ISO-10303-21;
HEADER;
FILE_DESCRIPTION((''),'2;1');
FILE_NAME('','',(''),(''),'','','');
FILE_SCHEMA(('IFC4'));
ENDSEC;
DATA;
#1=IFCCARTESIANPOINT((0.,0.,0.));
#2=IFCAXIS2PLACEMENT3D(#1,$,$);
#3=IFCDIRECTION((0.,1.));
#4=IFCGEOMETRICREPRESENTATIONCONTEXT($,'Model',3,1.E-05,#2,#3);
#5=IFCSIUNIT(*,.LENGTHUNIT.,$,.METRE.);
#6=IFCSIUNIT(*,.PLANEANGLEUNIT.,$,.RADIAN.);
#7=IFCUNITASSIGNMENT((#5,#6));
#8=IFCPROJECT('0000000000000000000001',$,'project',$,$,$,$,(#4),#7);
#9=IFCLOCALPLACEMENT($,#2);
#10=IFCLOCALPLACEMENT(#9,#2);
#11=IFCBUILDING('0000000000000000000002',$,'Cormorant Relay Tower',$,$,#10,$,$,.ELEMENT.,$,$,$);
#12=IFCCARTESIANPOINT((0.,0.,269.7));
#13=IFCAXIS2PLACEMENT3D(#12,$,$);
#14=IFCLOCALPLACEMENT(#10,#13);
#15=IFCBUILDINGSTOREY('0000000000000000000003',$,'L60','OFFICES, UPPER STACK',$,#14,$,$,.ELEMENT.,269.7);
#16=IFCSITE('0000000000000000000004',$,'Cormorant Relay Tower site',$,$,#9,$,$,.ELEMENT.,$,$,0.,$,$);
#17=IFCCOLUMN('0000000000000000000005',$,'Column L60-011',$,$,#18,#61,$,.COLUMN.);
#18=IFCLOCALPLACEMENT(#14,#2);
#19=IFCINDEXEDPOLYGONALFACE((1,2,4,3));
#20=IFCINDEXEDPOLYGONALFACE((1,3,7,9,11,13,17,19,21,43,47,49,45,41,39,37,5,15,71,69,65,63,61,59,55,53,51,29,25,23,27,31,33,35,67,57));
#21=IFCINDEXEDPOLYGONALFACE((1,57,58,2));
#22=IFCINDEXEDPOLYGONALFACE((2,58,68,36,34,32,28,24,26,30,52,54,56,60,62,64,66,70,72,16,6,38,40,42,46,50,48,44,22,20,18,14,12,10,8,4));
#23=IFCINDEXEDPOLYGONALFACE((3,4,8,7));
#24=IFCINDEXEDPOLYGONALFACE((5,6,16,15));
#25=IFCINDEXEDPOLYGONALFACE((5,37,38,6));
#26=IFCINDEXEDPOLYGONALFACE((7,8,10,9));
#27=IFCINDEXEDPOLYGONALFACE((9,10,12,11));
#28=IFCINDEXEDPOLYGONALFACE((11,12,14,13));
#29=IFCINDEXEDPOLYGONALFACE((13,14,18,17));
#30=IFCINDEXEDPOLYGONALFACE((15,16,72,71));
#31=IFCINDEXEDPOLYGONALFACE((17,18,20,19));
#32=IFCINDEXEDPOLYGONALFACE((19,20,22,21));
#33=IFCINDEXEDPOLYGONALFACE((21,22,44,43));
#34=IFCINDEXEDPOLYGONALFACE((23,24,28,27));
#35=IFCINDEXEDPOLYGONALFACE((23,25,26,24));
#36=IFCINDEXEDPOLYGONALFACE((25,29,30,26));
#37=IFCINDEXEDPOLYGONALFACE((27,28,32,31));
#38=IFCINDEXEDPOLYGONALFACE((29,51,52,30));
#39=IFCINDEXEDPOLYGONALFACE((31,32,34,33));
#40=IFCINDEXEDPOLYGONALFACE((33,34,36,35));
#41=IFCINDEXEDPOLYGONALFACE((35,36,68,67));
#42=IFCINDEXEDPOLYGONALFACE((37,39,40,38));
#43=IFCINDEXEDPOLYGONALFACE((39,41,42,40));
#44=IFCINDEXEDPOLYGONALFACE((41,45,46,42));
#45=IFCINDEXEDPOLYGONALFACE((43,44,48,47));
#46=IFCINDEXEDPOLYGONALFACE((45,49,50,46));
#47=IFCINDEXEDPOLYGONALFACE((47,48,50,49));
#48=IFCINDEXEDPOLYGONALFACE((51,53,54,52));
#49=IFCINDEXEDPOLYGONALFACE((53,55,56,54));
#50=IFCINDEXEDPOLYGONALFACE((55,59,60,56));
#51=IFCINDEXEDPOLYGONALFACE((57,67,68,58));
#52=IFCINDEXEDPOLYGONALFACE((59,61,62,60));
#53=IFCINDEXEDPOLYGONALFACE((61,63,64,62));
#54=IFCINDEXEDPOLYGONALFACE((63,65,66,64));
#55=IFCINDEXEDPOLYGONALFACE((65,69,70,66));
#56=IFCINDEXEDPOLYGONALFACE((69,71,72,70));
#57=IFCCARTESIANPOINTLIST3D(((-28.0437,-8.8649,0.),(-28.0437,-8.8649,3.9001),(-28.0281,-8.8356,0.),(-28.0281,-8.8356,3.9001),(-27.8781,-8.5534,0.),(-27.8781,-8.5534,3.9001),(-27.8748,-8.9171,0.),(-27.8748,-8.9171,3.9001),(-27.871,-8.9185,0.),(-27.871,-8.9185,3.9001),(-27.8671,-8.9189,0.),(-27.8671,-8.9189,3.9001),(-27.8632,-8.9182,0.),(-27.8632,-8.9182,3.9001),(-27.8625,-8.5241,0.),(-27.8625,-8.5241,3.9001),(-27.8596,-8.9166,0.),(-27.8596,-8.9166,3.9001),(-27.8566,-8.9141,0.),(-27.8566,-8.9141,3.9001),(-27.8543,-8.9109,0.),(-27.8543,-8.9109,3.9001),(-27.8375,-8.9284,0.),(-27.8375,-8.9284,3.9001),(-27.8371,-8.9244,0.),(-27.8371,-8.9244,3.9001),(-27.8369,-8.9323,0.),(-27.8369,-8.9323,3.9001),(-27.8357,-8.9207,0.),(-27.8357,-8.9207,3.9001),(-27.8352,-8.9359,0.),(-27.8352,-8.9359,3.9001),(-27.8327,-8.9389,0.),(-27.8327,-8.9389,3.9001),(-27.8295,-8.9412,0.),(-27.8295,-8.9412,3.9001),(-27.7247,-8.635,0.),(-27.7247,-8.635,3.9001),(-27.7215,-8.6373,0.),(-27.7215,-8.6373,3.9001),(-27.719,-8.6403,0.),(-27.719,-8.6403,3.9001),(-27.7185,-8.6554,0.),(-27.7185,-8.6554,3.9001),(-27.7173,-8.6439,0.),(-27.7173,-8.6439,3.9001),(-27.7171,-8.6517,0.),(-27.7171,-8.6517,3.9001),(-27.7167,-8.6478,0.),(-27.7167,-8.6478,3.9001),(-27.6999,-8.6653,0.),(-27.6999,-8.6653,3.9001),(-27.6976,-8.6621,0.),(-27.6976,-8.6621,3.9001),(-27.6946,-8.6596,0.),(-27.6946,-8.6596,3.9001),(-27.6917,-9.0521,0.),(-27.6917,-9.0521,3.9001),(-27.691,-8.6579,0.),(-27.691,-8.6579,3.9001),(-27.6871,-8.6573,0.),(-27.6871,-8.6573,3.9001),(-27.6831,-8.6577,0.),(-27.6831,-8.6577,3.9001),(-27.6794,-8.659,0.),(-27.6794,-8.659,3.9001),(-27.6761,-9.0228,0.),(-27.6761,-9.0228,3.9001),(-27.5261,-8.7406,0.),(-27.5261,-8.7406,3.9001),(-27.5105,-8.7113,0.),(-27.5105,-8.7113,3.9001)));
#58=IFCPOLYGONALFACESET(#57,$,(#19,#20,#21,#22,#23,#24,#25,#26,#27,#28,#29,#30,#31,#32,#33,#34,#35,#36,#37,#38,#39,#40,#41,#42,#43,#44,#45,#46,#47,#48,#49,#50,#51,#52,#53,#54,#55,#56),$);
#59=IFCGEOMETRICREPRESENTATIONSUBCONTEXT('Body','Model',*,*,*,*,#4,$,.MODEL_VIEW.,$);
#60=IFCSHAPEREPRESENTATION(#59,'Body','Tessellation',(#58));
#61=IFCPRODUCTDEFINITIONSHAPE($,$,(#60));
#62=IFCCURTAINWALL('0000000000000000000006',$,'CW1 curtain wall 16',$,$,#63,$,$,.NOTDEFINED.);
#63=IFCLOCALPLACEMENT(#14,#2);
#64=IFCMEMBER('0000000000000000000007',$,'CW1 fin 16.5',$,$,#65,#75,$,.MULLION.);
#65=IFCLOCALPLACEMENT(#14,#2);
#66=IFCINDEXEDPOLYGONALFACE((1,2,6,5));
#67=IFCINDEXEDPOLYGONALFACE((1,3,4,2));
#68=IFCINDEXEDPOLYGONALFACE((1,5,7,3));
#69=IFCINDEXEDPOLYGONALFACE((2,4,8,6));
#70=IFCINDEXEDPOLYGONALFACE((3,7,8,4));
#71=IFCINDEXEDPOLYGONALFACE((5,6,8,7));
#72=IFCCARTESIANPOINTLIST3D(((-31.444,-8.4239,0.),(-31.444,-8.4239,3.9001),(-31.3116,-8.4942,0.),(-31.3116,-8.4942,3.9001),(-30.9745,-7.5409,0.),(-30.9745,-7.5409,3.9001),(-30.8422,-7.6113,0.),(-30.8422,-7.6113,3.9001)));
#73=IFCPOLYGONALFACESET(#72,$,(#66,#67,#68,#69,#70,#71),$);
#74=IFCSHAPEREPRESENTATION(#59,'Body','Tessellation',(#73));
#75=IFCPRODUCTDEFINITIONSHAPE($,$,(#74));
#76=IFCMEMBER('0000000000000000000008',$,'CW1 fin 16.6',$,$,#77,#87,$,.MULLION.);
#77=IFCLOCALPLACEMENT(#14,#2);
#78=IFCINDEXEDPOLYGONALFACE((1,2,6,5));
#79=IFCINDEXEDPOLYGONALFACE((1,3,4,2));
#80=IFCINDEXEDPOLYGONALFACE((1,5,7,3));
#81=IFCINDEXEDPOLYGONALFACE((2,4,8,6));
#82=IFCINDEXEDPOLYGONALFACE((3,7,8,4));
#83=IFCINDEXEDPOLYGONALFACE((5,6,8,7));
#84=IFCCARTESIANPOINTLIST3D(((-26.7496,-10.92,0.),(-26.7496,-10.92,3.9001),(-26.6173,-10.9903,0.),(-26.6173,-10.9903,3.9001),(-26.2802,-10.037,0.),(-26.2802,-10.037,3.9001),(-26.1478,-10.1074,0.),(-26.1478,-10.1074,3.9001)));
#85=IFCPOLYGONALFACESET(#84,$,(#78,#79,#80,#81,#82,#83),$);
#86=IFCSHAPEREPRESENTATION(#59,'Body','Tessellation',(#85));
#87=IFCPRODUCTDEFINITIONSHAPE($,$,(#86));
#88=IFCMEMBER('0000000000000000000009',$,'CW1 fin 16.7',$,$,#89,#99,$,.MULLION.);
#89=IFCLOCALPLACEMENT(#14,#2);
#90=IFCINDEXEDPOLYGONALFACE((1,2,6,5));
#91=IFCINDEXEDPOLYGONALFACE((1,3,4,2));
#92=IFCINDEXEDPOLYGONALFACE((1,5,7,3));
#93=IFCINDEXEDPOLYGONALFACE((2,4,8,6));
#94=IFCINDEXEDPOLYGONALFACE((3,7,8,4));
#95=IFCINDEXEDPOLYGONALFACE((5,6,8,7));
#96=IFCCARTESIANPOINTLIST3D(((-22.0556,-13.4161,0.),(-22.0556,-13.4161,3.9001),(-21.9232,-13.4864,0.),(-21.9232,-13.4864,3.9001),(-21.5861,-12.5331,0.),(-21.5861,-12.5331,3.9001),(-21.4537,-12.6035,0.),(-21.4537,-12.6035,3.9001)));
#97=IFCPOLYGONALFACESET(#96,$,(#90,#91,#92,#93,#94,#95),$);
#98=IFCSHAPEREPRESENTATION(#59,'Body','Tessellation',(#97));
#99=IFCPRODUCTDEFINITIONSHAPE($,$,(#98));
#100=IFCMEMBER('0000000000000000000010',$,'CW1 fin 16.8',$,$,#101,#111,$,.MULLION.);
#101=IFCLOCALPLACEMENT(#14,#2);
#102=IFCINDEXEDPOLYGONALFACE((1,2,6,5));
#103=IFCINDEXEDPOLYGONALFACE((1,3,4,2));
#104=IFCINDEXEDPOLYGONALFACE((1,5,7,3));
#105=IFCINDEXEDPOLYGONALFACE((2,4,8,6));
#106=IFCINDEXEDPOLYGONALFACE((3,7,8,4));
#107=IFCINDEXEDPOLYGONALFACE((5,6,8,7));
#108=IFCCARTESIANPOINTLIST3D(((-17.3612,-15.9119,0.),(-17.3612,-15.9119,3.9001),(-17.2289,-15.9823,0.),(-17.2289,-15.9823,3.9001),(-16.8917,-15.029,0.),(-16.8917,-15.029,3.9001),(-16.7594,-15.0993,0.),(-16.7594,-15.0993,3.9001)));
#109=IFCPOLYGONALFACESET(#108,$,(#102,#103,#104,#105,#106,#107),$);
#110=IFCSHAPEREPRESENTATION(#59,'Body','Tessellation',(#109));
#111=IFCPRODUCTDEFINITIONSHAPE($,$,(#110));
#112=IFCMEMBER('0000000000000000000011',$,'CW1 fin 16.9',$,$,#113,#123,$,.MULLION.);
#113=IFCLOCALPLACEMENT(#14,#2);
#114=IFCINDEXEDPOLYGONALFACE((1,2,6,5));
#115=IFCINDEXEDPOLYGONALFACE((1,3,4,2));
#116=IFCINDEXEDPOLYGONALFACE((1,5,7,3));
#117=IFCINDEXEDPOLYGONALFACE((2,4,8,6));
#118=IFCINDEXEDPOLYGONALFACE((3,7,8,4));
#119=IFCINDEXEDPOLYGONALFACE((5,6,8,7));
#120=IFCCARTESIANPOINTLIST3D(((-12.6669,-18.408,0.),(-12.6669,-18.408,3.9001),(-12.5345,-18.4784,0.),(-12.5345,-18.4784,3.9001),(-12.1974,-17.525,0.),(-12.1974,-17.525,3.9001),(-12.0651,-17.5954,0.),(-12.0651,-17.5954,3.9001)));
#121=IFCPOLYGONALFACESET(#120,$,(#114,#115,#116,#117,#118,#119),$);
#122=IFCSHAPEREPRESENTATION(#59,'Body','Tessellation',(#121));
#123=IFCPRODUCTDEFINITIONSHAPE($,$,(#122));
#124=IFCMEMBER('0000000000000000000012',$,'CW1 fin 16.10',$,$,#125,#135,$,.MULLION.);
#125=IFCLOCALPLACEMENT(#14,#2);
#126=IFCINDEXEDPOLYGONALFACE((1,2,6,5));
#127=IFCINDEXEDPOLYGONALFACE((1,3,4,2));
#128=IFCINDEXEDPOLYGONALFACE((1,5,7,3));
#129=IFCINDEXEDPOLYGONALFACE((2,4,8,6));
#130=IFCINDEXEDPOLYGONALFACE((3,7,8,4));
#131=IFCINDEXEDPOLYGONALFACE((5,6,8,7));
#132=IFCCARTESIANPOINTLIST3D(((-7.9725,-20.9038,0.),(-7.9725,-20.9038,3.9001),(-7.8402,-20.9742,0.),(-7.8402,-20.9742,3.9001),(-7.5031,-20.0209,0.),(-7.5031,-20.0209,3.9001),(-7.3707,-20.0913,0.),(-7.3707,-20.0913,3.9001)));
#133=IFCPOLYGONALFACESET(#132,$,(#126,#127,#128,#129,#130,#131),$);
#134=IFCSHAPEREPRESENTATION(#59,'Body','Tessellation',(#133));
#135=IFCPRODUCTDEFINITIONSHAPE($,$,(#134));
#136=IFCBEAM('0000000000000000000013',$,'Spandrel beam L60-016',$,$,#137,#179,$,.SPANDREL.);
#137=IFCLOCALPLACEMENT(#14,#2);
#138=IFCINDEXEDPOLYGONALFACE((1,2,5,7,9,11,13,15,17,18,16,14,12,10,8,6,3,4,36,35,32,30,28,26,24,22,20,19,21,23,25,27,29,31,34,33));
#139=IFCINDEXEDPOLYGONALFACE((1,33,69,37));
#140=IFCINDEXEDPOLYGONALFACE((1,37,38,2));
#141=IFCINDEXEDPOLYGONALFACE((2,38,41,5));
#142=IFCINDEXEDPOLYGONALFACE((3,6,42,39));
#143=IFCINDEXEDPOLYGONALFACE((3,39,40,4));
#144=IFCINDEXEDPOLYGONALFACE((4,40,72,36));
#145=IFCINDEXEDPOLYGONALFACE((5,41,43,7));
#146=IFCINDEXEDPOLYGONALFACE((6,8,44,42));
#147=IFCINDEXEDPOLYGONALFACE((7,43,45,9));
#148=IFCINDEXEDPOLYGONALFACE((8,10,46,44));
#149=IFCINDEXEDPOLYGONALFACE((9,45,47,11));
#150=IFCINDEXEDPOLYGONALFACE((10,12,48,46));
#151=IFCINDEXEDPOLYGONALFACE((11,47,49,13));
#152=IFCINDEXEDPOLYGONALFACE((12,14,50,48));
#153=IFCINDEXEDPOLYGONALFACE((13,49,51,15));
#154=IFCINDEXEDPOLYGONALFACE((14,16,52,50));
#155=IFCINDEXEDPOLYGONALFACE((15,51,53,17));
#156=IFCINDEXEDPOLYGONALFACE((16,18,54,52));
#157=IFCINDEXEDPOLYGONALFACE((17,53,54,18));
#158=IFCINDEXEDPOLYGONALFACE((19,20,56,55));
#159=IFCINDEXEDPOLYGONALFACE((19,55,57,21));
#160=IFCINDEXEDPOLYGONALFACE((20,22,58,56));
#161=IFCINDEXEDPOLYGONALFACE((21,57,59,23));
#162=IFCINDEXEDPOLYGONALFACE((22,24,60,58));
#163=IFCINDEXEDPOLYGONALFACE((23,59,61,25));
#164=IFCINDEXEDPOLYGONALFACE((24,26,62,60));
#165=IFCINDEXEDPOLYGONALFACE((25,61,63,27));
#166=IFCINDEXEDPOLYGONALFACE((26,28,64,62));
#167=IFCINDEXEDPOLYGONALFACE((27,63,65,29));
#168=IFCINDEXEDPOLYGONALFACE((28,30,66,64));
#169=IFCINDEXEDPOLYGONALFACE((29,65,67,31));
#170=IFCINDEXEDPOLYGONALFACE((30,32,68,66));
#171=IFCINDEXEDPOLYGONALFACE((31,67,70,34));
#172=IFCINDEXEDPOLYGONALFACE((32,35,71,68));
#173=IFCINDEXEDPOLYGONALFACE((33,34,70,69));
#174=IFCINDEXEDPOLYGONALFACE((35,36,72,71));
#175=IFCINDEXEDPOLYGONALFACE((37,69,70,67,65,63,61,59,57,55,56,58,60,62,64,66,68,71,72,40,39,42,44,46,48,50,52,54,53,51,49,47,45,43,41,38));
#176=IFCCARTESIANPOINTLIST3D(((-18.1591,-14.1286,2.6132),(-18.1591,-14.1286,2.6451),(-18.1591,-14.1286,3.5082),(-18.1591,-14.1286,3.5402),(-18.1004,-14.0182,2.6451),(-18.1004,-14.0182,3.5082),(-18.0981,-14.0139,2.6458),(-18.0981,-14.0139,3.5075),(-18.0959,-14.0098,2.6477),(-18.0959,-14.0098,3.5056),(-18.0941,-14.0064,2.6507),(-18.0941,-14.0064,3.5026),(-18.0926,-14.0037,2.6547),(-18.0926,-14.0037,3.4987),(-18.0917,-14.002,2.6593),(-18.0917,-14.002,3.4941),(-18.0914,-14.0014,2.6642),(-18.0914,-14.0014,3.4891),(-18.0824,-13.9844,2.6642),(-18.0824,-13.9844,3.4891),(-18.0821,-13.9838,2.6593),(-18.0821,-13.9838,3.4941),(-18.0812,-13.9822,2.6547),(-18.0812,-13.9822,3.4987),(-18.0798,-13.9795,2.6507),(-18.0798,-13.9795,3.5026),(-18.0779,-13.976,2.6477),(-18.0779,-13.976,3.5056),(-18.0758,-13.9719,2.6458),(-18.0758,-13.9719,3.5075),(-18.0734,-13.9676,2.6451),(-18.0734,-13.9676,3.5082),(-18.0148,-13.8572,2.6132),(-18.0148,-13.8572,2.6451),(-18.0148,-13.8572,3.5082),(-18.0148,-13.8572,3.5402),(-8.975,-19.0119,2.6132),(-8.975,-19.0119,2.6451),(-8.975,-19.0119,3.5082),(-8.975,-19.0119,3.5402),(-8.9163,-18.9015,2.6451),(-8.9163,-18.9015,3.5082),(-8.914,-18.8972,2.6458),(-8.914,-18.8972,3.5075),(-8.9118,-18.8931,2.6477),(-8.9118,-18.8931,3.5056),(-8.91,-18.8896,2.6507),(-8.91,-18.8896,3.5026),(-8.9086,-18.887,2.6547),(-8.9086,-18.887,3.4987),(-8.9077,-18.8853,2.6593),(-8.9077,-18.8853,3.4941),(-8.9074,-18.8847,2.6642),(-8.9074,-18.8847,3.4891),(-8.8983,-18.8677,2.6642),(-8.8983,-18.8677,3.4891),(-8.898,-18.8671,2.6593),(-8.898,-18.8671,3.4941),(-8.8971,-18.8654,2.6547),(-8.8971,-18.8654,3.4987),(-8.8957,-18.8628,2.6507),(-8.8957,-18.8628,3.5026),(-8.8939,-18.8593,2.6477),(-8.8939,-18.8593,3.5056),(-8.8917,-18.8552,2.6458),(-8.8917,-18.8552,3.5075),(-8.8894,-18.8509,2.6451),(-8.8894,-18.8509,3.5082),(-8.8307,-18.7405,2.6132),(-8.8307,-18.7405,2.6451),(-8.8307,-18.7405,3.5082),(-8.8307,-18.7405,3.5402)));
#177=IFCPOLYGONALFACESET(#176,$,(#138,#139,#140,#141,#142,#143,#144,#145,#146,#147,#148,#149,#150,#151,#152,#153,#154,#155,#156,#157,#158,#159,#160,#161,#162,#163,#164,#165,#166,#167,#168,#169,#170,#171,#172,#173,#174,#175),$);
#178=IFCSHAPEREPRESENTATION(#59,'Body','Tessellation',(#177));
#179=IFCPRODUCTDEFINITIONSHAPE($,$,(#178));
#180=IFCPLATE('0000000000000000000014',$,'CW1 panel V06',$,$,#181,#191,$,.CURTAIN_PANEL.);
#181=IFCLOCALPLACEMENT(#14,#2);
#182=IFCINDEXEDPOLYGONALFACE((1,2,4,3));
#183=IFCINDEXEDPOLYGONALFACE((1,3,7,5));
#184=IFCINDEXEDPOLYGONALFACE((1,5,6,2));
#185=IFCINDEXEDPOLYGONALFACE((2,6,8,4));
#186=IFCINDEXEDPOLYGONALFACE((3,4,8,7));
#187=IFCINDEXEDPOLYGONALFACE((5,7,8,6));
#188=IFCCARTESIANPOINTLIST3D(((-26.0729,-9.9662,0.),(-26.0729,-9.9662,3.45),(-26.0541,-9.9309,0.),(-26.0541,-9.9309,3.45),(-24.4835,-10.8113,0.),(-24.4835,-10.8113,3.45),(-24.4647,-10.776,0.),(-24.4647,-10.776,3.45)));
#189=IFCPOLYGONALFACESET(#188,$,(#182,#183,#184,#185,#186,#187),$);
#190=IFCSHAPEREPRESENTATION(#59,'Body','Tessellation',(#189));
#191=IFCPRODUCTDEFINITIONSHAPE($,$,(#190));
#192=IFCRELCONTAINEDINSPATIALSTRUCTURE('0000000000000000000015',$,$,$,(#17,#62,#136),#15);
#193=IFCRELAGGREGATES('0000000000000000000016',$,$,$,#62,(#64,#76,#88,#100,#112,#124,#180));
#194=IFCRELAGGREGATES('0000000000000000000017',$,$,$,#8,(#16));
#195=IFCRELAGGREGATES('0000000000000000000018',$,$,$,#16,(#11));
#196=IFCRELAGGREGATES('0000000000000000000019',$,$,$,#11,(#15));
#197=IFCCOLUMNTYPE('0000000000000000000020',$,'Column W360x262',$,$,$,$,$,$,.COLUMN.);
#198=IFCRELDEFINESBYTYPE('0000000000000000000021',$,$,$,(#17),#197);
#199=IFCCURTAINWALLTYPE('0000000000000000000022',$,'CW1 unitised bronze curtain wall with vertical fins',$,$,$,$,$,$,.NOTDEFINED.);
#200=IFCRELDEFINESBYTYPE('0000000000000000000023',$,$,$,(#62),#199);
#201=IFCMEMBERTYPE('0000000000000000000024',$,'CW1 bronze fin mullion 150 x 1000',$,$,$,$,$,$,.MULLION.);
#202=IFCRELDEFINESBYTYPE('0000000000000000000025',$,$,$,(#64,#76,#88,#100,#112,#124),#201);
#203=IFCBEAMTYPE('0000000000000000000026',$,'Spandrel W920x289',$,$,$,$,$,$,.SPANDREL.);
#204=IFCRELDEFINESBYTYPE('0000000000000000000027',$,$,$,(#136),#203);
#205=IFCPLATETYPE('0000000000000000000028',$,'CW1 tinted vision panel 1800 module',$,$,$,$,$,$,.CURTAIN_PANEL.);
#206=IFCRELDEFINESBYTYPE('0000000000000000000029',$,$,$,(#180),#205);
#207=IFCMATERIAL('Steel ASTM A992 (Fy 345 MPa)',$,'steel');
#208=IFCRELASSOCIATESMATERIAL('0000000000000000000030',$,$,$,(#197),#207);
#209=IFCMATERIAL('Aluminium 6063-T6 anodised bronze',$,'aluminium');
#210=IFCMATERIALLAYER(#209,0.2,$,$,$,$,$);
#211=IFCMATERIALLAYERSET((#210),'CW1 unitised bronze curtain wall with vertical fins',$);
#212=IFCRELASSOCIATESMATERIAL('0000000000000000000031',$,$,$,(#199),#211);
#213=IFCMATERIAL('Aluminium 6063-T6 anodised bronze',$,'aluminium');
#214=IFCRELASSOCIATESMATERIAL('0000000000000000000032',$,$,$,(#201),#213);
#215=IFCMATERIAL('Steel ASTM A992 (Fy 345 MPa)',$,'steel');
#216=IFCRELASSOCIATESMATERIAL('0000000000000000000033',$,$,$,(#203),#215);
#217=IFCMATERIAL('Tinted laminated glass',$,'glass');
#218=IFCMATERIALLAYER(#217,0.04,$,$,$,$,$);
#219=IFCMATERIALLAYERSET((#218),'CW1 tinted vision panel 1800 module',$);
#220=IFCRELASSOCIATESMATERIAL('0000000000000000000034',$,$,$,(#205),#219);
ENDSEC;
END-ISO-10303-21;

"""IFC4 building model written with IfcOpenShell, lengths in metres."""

from ifc_helpers import new_model, si_unit, direction, frame, origin, origin_2d, place, context, subcontext, project, spatial, rectangle, i_section, extrude, material, layer, layer_set, material_profile, profile_set, type_object, element, aggregate, save


model = new_model("IFC4")

# Units and contexts
model_context = context("Model", 3, precision=1e-05, world=origin(), true_north=direction((0.0, 1.0)))
body_context = subcontext(model_context, "Body", "Model", "MODEL_VIEW")
ifc_project = project(units=[si_unit("LENGTHUNIT", "METRE"), si_unit("PLANEANGLEUNIT", "RADIAN")], contexts=[model_context])

# Site, building, storey
site_placement = place(None, origin())
site = spatial("IfcSite", under=ifc_project, at=site_placement, Name="Cormorant Relay Tower site", CompositionType="ELEMENT", RefElevation=0.0)
building_placement = place(site_placement, origin())
building = spatial("IfcBuilding", under=site, at=building_placement, Name="Cormorant Relay Tower", CompositionType="ELEMENT")
storey_placement = place(building_placement, frame((0.0, 0.0, 269.7)))
storey = spatial("IfcBuildingStorey", under=building, at=storey_placement, Name="L60", Description="OFFICES, UPPER STACK", CompositionType="ELEMENT", Elevation=269.7)

# Column
ifc_material_1 = material(Name="Steel ASTM A992 (Fy 345 MPa)", Category="steel")
ifc_material_profile_1 = material_profile(ifc_material_1, i_section(OverallWidth=0.3987, OverallDepth=0.386, WebThickness=0.021, FlangeThickness=0.0332, FilletRadius=0.0151, at=origin_2d()), Name="W360x262")
ifc_profile_set_1 = profile_set([ifc_material_profile_1], Name="Steel ASTM A992 (Fy 345 MPa)")
column_type_1 = type_object("IfcColumnType", Name="Column W360x262", PredefinedType="COLUMN", material=ifc_profile_set_1)
for number, where, z_axis, x_axis, name in (
    (1, (-27.7771, -8.7881, 0.0), (0.0, 0.0, 1.0), (0.882948, -0.469472, 0.0), "Column L60-011"),
):
    element("IfcColumn", number, at=place(storey_placement, frame(where, z_axis=z_axis, x_axis=x_axis)), inside=storey, type_object=column_type_1, Name=name, PredefinedType="COLUMN", context=body_context, shape_type="SweptSolid", body=[
        extrude(i_section(OverallWidth=0.3987, OverallDepth=0.386, WebThickness=0.021, FlangeThickness=0.0332, FilletRadius=0.0151, at=origin_2d()), origin(), (0.0, 0.0, 1.0), 3.9001),
    ])

# Curtain wall, members
ifc_material_2 = material(Name="Aluminium 6063-T6 anodised bronze", Category="aluminium")
ifc_layer_1 = layer(ifc_material_2, 0.2)
ifc_layer_set_1 = layer_set([ifc_layer_1], Name="CW1 unitised bronze curtain wall with vertical fins")
curtain_wall_type = type_object("IfcCurtainWallType", Name="CW1 unitised bronze curtain wall with vertical fins", PredefinedType="NOTDEFINED", material=ifc_layer_set_1)
curtain_wall_placement = place(storey_placement, origin())
curtain_wall = element("IfcCurtainWall", 2, at=curtain_wall_placement, inside=storey, type_object=curtain_wall_type, Name="CW1 curtain wall 16", PredefinedType="NOTDEFINED")
ifc_material_3 = material(Name="Aluminium 6063-T6 anodised bronze", Category="aluminium")
ifc_material_profile_2 = material_profile(ifc_material_3, rectangle(XDim=0.1499, YDim=1.0, at=origin_2d()), Name="AL 150x1000")
ifc_profile_set_2 = profile_set([ifc_material_profile_2], Name="Aluminium 6063-T6 anodised bronze")
member_type = type_object("IfcMemberType", Name="CW1 bronze fin mullion 150 x 1000", PredefinedType="MULLION", material=ifc_profile_set_2)
member_1_placement = place(storey_placement, frame((-31.1431, -8.0176, 0.0), z_axis=(0.0, 0.0, 1.0), x_axis=(0.882948, -0.469472, 0.0)))
member_1 = element("IfcMember", 3, at=member_1_placement, type_object=member_type, Name="CW1 fin 16.5", PredefinedType="MULLION", context=body_context, shape_type="SweptSolid", body=[
    extrude(rectangle(XDim=0.1499, YDim=1.0, at=origin_2d()), origin(), (0.0, 0.0, 1.0), 3.9001),
])
member_2_placement = place(storey_placement, frame((-26.4487, -10.5137, 0.0), z_axis=(0.0, 0.0, 1.0), x_axis=(0.882948, -0.469472, 0.0)))
member_2 = element("IfcMember", 4, at=member_2_placement, type_object=member_type, Name="CW1 fin 16.6", PredefinedType="MULLION", context=body_context, shape_type="SweptSolid", body=[
    extrude(rectangle(XDim=0.1499, YDim=1.0, at=origin_2d()), origin(), (0.0, 0.0, 1.0), 3.9001),
])
member_3_placement = place(storey_placement, frame((-21.7546, -13.0098, 0.0), z_axis=(0.0, 0.0, 1.0), x_axis=(0.882948, -0.469472, 0.0)))
member_3 = element("IfcMember", 5, at=member_3_placement, type_object=member_type, Name="CW1 fin 16.7", PredefinedType="MULLION", context=body_context, shape_type="SweptSolid", body=[
    extrude(rectangle(XDim=0.1499, YDim=1.0, at=origin_2d()), origin(), (0.0, 0.0, 1.0), 3.9001),
])
member_4_placement = place(storey_placement, frame((-17.0603, -15.5056, 0.0), z_axis=(0.0, 0.0, 1.0), x_axis=(0.882948, -0.469472, 0.0)))
member_4 = element("IfcMember", 6, at=member_4_placement, type_object=member_type, Name="CW1 fin 16.8", PredefinedType="MULLION", context=body_context, shape_type="SweptSolid", body=[
    extrude(rectangle(XDim=0.1499, YDim=1.0, at=origin_2d()), origin(), (0.0, 0.0, 1.0), 3.9001),
])
member_5_placement = place(storey_placement, frame((-12.366, -18.0017, 0.0), z_axis=(0.0, 0.0, 1.0), x_axis=(0.882948, -0.469472, 0.0)))
member_5 = element("IfcMember", 7, at=member_5_placement, type_object=member_type, Name="CW1 fin 16.9", PredefinedType="MULLION", context=body_context, shape_type="SweptSolid", body=[
    extrude(rectangle(XDim=0.1499, YDim=1.0, at=origin_2d()), origin(), (0.0, 0.0, 1.0), 3.9001),
])
member_6_placement = place(storey_placement, frame((-7.6716, -20.4976, 0.0), z_axis=(0.0, 0.0, 1.0), x_axis=(0.882948, -0.469472, 0.0)))
member_6 = element("IfcMember", 8, at=member_6_placement, type_object=member_type, Name="CW1 fin 16.10", PredefinedType="MULLION", context=body_context, shape_type="SweptSolid", body=[
    extrude(rectangle(XDim=0.1499, YDim=1.0, at=origin_2d()), origin(), (0.0, 0.0, 1.0), 3.9001),
])

# Beam
ifc_material_4 = material(Name="Steel ASTM A992 (Fy 345 MPa)", Category="steel")
ifc_material_profile_3 = material_profile(ifc_material_4, i_section(OverallWidth=0.3074, OverallDepth=0.927, WebThickness=0.0193, FlangeThickness=0.032, FilletRadius=0.019, at=origin_2d()), Name="W920x289")
ifc_profile_set_3 = profile_set([ifc_material_profile_3], Name="Steel ASTM A992 (Fy 345 MPa)")
beam_type = type_object("IfcBeamType", Name="Spandrel W920x289", PredefinedType="SPANDREL", material=ifc_profile_set_3)
beam_placement = place(storey_placement, frame((-18.0869, -13.9929, 3.0767), z_axis=(0.882946, -0.469474, 0.0), x_axis=(0.469474, 0.882946, 0.0)))
element("IfcBeam", 9, at=beam_placement, inside=storey, type_object=beam_type, Name="Spandrel beam L60-016", PredefinedType="SPANDREL", context=body_context, shape_type="SweptSolid", body=[
    extrude(i_section(OverallWidth=0.3074, OverallDepth=0.927, WebThickness=0.0193, FlangeThickness=0.032, FilletRadius=0.019, at=origin_2d()), origin(), (0.0, 0.0, 1.0), 10.4016),
])

# Plate
ifc_material_5 = material(Name="Tinted laminated glass", Category="glass")
ifc_layer_2 = layer(ifc_material_5, 0.04)
ifc_layer_set_2 = layer_set([ifc_layer_2], Name="CW1 tinted vision panel 1800 module")
plate_type_1 = type_object("IfcPlateType", Name="CW1 tinted vision panel 1800 module", PredefinedType="CURTAIN_PANEL", material=ifc_layer_set_2)
plate_1_placement = place(storey_placement, frame((-25.2688, -10.3711, 0.0), z_axis=(0.0, 0.0, 1.0), x_axis=(0.882948, -0.469472, 0.0)))
plate_1 = element("IfcPlate", 10, at=plate_1_placement, type_object=plate_type_1, Name="CW1 panel V06", PredefinedType="CURTAIN_PANEL", context=body_context, shape_type="SweptSolid", body=[
    extrude(rectangle(XDim=1.8, YDim=0.04, at=origin_2d()), origin(), (0.0, 0.0, 1.0), 3.45),
])

aggregate(curtain_wall, [member_1, member_2, member_3, member_4, member_5, member_6, plate_1])

save(model, "model.ifc")
